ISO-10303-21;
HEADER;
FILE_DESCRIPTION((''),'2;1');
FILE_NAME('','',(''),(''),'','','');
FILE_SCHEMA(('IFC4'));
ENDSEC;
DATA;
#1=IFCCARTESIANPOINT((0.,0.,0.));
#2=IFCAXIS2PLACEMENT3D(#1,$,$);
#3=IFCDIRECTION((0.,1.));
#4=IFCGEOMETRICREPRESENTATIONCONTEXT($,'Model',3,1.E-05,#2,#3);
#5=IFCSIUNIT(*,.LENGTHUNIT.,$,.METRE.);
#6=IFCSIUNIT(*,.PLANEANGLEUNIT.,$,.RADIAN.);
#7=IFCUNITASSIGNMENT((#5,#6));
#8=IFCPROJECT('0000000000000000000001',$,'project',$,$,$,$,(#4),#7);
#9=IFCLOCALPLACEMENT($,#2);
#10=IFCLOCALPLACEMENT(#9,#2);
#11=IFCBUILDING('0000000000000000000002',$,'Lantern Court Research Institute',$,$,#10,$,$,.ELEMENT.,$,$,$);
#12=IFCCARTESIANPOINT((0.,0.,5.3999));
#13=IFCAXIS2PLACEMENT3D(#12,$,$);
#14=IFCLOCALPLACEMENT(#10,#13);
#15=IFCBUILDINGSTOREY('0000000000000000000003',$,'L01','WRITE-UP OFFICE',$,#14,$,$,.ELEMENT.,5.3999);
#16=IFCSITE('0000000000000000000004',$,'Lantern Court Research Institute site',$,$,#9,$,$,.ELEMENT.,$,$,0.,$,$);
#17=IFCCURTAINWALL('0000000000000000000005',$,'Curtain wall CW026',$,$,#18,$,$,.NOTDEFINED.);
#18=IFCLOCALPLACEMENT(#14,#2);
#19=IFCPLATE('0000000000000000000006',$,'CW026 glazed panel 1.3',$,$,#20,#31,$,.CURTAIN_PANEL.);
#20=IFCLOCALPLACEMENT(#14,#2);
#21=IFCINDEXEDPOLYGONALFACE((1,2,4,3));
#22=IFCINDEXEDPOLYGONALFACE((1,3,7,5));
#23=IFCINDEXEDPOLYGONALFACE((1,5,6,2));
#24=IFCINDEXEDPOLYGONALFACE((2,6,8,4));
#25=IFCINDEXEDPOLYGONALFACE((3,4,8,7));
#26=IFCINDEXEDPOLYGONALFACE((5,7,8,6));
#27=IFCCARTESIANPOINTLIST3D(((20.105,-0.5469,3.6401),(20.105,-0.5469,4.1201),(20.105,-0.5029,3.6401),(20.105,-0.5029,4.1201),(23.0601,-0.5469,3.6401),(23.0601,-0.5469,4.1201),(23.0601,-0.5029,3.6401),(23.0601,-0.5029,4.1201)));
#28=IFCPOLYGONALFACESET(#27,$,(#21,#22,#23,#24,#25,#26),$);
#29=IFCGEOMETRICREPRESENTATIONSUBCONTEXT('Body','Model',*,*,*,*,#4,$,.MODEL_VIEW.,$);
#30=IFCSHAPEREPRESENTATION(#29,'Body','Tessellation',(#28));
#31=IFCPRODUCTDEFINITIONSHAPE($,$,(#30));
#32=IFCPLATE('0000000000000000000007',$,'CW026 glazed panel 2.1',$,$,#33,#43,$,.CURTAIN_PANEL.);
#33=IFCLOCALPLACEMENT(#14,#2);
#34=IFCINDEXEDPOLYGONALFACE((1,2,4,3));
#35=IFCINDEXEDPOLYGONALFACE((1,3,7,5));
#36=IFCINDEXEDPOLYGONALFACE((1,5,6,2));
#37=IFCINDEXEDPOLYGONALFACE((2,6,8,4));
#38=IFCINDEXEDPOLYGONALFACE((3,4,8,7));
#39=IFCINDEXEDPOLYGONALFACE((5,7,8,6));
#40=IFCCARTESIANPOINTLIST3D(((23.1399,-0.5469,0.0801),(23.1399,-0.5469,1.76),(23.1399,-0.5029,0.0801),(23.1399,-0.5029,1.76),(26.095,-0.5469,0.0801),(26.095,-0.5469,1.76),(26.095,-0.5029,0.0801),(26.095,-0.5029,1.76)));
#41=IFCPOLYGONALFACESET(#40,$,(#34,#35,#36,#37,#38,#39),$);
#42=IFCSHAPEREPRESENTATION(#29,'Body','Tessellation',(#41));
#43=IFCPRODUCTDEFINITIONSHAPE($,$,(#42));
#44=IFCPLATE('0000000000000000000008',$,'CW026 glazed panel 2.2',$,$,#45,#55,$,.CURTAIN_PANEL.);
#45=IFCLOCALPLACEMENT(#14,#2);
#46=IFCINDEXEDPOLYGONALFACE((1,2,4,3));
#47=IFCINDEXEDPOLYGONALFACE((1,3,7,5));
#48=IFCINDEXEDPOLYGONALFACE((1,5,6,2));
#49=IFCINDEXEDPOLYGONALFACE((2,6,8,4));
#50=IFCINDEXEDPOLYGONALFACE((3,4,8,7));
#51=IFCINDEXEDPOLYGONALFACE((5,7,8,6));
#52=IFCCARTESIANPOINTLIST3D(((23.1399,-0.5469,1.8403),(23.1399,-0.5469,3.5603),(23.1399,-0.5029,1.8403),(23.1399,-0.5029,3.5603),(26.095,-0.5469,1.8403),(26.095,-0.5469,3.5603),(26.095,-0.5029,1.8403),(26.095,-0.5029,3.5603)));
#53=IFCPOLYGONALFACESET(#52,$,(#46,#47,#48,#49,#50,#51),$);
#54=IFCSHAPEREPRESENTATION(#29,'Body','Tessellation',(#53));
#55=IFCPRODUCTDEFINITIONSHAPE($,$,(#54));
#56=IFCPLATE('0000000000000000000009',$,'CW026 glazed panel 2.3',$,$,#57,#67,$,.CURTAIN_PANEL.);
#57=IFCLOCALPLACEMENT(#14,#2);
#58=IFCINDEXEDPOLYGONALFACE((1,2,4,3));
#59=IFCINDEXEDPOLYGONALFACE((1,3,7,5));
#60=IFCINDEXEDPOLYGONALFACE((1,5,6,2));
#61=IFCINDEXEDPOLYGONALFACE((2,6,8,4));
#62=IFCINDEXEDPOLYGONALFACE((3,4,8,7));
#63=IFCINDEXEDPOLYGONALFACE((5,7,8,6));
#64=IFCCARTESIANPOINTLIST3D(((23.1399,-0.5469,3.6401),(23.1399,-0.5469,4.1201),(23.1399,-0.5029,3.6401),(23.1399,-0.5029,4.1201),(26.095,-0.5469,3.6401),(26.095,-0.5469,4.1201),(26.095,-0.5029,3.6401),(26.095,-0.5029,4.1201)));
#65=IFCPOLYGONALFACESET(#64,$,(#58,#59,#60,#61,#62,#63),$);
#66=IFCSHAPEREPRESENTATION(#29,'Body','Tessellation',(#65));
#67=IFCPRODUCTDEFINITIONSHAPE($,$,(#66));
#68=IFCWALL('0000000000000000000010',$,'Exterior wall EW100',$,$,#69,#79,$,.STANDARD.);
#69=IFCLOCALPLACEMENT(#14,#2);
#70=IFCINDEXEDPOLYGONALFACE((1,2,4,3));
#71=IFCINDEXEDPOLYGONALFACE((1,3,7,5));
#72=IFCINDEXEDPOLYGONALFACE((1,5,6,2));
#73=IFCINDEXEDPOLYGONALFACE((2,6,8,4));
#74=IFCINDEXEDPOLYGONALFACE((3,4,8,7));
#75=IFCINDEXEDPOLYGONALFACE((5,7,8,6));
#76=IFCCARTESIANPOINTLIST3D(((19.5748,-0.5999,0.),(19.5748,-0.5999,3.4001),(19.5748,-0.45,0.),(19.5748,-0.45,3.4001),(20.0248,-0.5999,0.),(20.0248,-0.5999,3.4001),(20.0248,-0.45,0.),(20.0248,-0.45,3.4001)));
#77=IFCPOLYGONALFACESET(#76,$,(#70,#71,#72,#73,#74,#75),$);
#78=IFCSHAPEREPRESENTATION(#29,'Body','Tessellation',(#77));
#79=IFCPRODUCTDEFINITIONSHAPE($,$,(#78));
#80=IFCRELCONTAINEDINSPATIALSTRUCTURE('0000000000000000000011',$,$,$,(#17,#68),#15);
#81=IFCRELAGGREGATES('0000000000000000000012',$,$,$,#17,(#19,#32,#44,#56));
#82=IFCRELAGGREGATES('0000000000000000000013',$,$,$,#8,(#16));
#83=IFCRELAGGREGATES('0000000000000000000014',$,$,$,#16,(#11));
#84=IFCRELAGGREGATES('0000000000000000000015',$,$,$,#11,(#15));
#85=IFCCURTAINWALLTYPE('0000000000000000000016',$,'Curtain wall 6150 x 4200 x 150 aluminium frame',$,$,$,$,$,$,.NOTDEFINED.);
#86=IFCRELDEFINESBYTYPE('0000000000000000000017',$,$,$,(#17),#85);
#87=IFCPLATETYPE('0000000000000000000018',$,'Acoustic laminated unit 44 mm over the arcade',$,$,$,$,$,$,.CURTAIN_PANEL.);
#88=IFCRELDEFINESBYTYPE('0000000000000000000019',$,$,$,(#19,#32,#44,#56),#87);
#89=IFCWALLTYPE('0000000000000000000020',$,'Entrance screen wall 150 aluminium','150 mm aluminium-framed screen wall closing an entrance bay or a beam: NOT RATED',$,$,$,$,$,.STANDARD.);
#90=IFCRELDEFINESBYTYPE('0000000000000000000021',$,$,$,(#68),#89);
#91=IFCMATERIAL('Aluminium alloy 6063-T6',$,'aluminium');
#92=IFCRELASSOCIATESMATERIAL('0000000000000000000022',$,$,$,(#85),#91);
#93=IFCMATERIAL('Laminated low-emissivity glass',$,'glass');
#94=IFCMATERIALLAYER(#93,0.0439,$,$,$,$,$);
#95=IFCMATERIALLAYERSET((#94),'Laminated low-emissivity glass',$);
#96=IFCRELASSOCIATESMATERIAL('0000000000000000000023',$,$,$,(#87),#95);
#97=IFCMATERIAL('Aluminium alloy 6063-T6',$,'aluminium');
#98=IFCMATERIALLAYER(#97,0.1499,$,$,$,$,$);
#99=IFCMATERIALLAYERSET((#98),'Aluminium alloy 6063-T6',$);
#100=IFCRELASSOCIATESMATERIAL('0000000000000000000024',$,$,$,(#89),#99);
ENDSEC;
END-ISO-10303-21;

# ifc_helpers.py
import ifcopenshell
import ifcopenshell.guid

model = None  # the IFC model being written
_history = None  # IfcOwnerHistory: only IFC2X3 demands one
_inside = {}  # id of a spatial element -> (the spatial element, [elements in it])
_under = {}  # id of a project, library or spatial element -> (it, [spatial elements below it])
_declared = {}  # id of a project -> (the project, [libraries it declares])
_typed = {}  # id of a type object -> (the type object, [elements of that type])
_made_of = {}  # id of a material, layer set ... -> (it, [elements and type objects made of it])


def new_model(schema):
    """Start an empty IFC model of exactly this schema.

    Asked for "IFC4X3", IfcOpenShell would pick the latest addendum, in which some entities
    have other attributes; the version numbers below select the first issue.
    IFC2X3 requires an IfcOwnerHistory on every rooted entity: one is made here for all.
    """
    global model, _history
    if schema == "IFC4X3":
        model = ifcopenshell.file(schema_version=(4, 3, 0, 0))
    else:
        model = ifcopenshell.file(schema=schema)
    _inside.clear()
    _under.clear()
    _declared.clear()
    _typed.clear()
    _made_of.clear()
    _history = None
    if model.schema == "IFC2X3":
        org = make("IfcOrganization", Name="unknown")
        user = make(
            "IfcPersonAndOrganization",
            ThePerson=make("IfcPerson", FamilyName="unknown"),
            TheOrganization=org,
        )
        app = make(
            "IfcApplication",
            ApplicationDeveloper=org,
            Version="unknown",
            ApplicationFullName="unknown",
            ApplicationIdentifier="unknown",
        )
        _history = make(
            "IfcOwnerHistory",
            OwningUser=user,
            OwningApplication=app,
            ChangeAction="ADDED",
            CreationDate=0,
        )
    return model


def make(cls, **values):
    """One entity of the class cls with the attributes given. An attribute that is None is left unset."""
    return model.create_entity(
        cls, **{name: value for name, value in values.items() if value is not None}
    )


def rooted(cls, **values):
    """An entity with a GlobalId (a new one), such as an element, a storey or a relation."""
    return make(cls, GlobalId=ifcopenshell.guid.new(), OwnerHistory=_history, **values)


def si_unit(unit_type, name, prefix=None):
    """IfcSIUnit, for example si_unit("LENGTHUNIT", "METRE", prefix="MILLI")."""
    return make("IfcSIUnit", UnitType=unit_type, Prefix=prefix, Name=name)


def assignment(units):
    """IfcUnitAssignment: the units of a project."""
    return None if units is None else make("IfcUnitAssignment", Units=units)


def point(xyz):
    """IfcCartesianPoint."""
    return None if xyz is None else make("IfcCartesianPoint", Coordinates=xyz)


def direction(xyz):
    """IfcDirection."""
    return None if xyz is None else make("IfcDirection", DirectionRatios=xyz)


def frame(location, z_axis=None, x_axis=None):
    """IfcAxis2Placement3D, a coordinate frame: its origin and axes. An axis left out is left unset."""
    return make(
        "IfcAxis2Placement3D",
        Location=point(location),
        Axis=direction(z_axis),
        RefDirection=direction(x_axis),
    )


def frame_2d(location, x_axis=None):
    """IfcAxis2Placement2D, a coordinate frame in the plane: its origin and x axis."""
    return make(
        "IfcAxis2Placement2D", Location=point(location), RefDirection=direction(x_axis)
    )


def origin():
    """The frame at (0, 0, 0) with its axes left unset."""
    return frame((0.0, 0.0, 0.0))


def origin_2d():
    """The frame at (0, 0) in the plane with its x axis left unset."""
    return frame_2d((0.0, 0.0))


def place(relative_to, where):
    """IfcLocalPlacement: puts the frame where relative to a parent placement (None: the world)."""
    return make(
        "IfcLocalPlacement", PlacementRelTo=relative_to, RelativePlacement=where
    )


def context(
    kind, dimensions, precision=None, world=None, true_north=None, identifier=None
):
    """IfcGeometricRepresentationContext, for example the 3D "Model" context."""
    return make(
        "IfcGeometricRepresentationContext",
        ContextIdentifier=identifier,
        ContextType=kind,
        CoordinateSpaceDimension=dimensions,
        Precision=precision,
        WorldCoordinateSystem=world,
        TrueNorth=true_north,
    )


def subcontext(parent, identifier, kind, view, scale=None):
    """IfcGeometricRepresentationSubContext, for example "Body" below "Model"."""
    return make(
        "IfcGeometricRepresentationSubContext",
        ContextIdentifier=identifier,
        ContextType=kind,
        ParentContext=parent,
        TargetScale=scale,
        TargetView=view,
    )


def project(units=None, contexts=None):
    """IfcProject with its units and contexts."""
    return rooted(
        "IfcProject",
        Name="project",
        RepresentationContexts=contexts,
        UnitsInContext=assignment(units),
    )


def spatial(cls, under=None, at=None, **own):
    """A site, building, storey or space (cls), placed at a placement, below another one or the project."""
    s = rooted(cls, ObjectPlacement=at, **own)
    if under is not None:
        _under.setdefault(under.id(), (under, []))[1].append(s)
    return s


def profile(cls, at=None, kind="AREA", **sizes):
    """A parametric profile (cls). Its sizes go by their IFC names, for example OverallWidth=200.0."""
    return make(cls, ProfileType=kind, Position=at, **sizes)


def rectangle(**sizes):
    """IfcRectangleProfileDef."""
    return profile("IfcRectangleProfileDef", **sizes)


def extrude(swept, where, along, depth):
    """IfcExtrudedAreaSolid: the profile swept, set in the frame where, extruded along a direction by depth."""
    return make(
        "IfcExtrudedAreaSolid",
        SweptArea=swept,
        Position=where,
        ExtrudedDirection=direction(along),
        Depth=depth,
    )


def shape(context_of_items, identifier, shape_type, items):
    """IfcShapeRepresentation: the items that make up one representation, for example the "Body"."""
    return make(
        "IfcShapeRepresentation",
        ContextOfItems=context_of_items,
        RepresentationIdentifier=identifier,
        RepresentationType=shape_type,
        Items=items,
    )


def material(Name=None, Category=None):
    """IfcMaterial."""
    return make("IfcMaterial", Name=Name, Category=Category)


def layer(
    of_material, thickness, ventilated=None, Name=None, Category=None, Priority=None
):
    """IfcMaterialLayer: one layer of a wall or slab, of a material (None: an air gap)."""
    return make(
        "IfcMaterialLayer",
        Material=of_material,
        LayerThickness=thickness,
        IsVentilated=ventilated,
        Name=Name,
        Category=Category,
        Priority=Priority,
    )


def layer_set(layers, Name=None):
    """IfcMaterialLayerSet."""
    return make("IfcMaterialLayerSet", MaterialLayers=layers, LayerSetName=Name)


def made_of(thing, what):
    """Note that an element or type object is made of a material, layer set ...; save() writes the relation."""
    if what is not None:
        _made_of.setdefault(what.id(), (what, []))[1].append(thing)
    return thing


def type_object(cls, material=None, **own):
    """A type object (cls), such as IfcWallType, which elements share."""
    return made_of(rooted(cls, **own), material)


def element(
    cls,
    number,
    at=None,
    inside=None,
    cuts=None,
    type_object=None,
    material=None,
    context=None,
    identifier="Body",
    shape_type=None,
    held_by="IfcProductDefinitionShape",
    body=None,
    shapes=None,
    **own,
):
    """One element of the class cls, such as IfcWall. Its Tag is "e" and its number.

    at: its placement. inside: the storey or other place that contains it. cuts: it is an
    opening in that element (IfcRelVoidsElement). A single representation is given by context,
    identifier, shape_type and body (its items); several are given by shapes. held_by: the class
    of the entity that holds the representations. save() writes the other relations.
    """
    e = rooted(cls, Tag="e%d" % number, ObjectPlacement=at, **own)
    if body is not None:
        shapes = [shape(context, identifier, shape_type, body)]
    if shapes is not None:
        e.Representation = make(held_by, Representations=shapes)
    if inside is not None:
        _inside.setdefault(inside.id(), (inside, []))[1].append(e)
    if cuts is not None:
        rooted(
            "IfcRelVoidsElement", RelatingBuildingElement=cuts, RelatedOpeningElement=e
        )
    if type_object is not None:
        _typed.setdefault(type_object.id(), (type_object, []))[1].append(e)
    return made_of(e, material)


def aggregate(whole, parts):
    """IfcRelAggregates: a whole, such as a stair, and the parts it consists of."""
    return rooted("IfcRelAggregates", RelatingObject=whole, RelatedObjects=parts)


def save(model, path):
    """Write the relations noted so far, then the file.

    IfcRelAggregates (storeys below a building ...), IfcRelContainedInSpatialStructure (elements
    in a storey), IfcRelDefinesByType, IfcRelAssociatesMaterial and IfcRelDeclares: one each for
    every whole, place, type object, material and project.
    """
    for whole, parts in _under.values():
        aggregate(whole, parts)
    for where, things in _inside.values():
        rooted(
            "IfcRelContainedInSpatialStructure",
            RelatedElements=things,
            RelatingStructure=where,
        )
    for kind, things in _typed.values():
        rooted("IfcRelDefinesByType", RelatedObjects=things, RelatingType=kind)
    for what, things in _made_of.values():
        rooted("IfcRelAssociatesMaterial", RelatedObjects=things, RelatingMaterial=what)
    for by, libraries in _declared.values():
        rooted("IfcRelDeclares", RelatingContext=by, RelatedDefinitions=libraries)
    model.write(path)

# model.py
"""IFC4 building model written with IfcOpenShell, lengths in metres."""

from ifc_helpers import new_model, si_unit, direction, frame, frame_2d, origin, origin_2d, place, context, subcontext, project, spatial, rectangle, extrude, material, layer, layer_set, type_object, element, aggregate, save


model = new_model("IFC4")

# Units and contexts
model_context = context("Model", 3, precision=1e-05, world=origin(), true_north=direction((0.0, 1.0)))
body_context = subcontext(model_context, "Body", "Model", "MODEL_VIEW")
ifc_project = project(units=[si_unit("LENGTHUNIT", "METRE"), si_unit("PLANEANGLEUNIT", "RADIAN")], contexts=[model_context])

# Site, building, storey
site_placement = place(None, origin())
site = spatial("IfcSite", under=ifc_project, at=site_placement, Name="Lantern Court Research Institute site", CompositionType="ELEMENT", RefElevation=0.0)
building_placement = place(site_placement, origin())
building = spatial("IfcBuilding", under=site, at=building_placement, Name="Lantern Court Research Institute", CompositionType="ELEMENT")
storey_placement = place(building_placement, frame((0.0, 0.0, 5.3999)))
storey = spatial("IfcBuildingStorey", under=building, at=storey_placement, Name="L01", Description="WRITE-UP OFFICE", CompositionType="ELEMENT", Elevation=5.3999)

# Curtain wall
ifc_material_1 = material(Name="Aluminium alloy 6063-T6", Category="aluminium")
curtain_wall_type = type_object("IfcCurtainWallType", Name="Curtain wall 6150 x 4200 x 150 aluminium frame", PredefinedType="NOTDEFINED", material=ifc_material_1)
curtain_wall_1_placement = place(storey_placement, origin())
curtain_wall_1 = element("IfcCurtainWall", 1, at=curtain_wall_1_placement, inside=storey, type_object=curtain_wall_type, Name="Curtain wall CW026", PredefinedType="NOTDEFINED")

# Plates
ifc_material_2 = material(Name="Laminated low-emissivity glass", Category="glass")
ifc_layer_1 = layer(ifc_material_2, 0.0439)
ifc_layer_set_1 = layer_set([ifc_layer_1], Name="Laminated low-emissivity glass")
plate_type = type_object("IfcPlateType", Name="Acoustic laminated unit 44 mm over the arcade", PredefinedType="CURTAIN_PANEL", material=ifc_layer_set_1)
plate_1_placement = place(storey_placement, frame((21.5825, -0.5249, 3.6401), z_axis=(0.0, 0.0, 1.0), x_axis=(-1.0, 0.0, 0.0)))
plate_1 = element("IfcPlate", 2, at=plate_1_placement, type_object=plate_type, Name="CW026 glazed panel 1.3", PredefinedType="CURTAIN_PANEL", context=body_context, shape_type="SweptSolid", body=[
    extrude(rectangle(XDim=2.9551, YDim=0.0439, at=origin_2d()), origin(), (0.0, 0.0, 1.0), 0.48),
])
plate_2_placement = place(storey_placement, frame((24.6174, -0.5249, 0.0801), z_axis=(0.0, 0.0, 1.0), x_axis=(-1.0, 0.0, 0.0)))
plate_2 = element("IfcPlate", 3, at=plate_2_placement, type_object=plate_type, Name="CW026 glazed panel 2.1", PredefinedType="CURTAIN_PANEL", context=body_context, shape_type="SweptSolid", body=[
    extrude(rectangle(XDim=2.9551, YDim=0.0439, at=origin_2d()), origin(), (0.0, 0.0, 1.0), 1.6799),
])
plate_3_placement = place(storey_placement, frame((24.6174, -0.5249, 1.8403), z_axis=(0.0, 0.0, 1.0), x_axis=(-1.0, 0.0, 0.0)))
plate_3 = element("IfcPlate", 4, at=plate_3_placement, type_object=plate_type, Name="CW026 glazed panel 2.2", PredefinedType="CURTAIN_PANEL", context=body_context, shape_type="SweptSolid", body=[
    extrude(rectangle(XDim=2.9551, YDim=0.0439, at=origin_2d()), origin(), (0.0, 0.0, 1.0), 1.72),
])
plate_4_placement = place(storey_placement, frame((24.6174, -0.5249, 3.6401), z_axis=(0.0, 0.0, 1.0), x_axis=(-1.0, 0.0, 0.0)))
plate_4 = element("IfcPlate", 5, at=plate_4_placement, type_object=plate_type, Name="CW026 glazed panel 2.3", PredefinedType="CURTAIN_PANEL", context=body_context, shape_type="SweptSolid", body=[
    extrude(rectangle(XDim=2.9551, YDim=0.0439, at=origin_2d()), origin(), (0.0, 0.0, 1.0), 0.48),
])
aggregate(curtain_wall_1, [plate_1, plate_2, plate_3, plate_4])

# Wall
ifc_material_3 = material(Name="Aluminium alloy 6063-T6", Category="aluminium")
ifc_layer_2 = layer(ifc_material_3, 0.1499)
ifc_layer_set_2 = layer_set([ifc_layer_2], Name="Aluminium alloy 6063-T6")
wall_type = type_object("IfcWallType", Name="Entrance screen wall 150 aluminium", Description="150 mm aluminium-framed screen wall closing an entrance bay or a beam: NOT RATED", PredefinedType="STANDARD", material=ifc_layer_set_2)
wall_placement = place(storey_placement, frame((20.0249, -0.5249, 0.0), z_axis=(0.0, 0.0, 1.0), x_axis=(-1.0, 0.0, 0.0)))
element("IfcWall", 6, at=wall_placement, inside=storey, type_object=wall_type, Name="Exterior wall EW100", PredefinedType="STANDARD", context=body_context, shape_type="SweptSolid", body=[
    extrude(rectangle(XDim=0.45, YDim=0.1499, at=frame_2d((0.2251, 0.0))), origin(), (0.0, 0.0, 1.0), 3.4001),
])

save(model, "model.ifc")
